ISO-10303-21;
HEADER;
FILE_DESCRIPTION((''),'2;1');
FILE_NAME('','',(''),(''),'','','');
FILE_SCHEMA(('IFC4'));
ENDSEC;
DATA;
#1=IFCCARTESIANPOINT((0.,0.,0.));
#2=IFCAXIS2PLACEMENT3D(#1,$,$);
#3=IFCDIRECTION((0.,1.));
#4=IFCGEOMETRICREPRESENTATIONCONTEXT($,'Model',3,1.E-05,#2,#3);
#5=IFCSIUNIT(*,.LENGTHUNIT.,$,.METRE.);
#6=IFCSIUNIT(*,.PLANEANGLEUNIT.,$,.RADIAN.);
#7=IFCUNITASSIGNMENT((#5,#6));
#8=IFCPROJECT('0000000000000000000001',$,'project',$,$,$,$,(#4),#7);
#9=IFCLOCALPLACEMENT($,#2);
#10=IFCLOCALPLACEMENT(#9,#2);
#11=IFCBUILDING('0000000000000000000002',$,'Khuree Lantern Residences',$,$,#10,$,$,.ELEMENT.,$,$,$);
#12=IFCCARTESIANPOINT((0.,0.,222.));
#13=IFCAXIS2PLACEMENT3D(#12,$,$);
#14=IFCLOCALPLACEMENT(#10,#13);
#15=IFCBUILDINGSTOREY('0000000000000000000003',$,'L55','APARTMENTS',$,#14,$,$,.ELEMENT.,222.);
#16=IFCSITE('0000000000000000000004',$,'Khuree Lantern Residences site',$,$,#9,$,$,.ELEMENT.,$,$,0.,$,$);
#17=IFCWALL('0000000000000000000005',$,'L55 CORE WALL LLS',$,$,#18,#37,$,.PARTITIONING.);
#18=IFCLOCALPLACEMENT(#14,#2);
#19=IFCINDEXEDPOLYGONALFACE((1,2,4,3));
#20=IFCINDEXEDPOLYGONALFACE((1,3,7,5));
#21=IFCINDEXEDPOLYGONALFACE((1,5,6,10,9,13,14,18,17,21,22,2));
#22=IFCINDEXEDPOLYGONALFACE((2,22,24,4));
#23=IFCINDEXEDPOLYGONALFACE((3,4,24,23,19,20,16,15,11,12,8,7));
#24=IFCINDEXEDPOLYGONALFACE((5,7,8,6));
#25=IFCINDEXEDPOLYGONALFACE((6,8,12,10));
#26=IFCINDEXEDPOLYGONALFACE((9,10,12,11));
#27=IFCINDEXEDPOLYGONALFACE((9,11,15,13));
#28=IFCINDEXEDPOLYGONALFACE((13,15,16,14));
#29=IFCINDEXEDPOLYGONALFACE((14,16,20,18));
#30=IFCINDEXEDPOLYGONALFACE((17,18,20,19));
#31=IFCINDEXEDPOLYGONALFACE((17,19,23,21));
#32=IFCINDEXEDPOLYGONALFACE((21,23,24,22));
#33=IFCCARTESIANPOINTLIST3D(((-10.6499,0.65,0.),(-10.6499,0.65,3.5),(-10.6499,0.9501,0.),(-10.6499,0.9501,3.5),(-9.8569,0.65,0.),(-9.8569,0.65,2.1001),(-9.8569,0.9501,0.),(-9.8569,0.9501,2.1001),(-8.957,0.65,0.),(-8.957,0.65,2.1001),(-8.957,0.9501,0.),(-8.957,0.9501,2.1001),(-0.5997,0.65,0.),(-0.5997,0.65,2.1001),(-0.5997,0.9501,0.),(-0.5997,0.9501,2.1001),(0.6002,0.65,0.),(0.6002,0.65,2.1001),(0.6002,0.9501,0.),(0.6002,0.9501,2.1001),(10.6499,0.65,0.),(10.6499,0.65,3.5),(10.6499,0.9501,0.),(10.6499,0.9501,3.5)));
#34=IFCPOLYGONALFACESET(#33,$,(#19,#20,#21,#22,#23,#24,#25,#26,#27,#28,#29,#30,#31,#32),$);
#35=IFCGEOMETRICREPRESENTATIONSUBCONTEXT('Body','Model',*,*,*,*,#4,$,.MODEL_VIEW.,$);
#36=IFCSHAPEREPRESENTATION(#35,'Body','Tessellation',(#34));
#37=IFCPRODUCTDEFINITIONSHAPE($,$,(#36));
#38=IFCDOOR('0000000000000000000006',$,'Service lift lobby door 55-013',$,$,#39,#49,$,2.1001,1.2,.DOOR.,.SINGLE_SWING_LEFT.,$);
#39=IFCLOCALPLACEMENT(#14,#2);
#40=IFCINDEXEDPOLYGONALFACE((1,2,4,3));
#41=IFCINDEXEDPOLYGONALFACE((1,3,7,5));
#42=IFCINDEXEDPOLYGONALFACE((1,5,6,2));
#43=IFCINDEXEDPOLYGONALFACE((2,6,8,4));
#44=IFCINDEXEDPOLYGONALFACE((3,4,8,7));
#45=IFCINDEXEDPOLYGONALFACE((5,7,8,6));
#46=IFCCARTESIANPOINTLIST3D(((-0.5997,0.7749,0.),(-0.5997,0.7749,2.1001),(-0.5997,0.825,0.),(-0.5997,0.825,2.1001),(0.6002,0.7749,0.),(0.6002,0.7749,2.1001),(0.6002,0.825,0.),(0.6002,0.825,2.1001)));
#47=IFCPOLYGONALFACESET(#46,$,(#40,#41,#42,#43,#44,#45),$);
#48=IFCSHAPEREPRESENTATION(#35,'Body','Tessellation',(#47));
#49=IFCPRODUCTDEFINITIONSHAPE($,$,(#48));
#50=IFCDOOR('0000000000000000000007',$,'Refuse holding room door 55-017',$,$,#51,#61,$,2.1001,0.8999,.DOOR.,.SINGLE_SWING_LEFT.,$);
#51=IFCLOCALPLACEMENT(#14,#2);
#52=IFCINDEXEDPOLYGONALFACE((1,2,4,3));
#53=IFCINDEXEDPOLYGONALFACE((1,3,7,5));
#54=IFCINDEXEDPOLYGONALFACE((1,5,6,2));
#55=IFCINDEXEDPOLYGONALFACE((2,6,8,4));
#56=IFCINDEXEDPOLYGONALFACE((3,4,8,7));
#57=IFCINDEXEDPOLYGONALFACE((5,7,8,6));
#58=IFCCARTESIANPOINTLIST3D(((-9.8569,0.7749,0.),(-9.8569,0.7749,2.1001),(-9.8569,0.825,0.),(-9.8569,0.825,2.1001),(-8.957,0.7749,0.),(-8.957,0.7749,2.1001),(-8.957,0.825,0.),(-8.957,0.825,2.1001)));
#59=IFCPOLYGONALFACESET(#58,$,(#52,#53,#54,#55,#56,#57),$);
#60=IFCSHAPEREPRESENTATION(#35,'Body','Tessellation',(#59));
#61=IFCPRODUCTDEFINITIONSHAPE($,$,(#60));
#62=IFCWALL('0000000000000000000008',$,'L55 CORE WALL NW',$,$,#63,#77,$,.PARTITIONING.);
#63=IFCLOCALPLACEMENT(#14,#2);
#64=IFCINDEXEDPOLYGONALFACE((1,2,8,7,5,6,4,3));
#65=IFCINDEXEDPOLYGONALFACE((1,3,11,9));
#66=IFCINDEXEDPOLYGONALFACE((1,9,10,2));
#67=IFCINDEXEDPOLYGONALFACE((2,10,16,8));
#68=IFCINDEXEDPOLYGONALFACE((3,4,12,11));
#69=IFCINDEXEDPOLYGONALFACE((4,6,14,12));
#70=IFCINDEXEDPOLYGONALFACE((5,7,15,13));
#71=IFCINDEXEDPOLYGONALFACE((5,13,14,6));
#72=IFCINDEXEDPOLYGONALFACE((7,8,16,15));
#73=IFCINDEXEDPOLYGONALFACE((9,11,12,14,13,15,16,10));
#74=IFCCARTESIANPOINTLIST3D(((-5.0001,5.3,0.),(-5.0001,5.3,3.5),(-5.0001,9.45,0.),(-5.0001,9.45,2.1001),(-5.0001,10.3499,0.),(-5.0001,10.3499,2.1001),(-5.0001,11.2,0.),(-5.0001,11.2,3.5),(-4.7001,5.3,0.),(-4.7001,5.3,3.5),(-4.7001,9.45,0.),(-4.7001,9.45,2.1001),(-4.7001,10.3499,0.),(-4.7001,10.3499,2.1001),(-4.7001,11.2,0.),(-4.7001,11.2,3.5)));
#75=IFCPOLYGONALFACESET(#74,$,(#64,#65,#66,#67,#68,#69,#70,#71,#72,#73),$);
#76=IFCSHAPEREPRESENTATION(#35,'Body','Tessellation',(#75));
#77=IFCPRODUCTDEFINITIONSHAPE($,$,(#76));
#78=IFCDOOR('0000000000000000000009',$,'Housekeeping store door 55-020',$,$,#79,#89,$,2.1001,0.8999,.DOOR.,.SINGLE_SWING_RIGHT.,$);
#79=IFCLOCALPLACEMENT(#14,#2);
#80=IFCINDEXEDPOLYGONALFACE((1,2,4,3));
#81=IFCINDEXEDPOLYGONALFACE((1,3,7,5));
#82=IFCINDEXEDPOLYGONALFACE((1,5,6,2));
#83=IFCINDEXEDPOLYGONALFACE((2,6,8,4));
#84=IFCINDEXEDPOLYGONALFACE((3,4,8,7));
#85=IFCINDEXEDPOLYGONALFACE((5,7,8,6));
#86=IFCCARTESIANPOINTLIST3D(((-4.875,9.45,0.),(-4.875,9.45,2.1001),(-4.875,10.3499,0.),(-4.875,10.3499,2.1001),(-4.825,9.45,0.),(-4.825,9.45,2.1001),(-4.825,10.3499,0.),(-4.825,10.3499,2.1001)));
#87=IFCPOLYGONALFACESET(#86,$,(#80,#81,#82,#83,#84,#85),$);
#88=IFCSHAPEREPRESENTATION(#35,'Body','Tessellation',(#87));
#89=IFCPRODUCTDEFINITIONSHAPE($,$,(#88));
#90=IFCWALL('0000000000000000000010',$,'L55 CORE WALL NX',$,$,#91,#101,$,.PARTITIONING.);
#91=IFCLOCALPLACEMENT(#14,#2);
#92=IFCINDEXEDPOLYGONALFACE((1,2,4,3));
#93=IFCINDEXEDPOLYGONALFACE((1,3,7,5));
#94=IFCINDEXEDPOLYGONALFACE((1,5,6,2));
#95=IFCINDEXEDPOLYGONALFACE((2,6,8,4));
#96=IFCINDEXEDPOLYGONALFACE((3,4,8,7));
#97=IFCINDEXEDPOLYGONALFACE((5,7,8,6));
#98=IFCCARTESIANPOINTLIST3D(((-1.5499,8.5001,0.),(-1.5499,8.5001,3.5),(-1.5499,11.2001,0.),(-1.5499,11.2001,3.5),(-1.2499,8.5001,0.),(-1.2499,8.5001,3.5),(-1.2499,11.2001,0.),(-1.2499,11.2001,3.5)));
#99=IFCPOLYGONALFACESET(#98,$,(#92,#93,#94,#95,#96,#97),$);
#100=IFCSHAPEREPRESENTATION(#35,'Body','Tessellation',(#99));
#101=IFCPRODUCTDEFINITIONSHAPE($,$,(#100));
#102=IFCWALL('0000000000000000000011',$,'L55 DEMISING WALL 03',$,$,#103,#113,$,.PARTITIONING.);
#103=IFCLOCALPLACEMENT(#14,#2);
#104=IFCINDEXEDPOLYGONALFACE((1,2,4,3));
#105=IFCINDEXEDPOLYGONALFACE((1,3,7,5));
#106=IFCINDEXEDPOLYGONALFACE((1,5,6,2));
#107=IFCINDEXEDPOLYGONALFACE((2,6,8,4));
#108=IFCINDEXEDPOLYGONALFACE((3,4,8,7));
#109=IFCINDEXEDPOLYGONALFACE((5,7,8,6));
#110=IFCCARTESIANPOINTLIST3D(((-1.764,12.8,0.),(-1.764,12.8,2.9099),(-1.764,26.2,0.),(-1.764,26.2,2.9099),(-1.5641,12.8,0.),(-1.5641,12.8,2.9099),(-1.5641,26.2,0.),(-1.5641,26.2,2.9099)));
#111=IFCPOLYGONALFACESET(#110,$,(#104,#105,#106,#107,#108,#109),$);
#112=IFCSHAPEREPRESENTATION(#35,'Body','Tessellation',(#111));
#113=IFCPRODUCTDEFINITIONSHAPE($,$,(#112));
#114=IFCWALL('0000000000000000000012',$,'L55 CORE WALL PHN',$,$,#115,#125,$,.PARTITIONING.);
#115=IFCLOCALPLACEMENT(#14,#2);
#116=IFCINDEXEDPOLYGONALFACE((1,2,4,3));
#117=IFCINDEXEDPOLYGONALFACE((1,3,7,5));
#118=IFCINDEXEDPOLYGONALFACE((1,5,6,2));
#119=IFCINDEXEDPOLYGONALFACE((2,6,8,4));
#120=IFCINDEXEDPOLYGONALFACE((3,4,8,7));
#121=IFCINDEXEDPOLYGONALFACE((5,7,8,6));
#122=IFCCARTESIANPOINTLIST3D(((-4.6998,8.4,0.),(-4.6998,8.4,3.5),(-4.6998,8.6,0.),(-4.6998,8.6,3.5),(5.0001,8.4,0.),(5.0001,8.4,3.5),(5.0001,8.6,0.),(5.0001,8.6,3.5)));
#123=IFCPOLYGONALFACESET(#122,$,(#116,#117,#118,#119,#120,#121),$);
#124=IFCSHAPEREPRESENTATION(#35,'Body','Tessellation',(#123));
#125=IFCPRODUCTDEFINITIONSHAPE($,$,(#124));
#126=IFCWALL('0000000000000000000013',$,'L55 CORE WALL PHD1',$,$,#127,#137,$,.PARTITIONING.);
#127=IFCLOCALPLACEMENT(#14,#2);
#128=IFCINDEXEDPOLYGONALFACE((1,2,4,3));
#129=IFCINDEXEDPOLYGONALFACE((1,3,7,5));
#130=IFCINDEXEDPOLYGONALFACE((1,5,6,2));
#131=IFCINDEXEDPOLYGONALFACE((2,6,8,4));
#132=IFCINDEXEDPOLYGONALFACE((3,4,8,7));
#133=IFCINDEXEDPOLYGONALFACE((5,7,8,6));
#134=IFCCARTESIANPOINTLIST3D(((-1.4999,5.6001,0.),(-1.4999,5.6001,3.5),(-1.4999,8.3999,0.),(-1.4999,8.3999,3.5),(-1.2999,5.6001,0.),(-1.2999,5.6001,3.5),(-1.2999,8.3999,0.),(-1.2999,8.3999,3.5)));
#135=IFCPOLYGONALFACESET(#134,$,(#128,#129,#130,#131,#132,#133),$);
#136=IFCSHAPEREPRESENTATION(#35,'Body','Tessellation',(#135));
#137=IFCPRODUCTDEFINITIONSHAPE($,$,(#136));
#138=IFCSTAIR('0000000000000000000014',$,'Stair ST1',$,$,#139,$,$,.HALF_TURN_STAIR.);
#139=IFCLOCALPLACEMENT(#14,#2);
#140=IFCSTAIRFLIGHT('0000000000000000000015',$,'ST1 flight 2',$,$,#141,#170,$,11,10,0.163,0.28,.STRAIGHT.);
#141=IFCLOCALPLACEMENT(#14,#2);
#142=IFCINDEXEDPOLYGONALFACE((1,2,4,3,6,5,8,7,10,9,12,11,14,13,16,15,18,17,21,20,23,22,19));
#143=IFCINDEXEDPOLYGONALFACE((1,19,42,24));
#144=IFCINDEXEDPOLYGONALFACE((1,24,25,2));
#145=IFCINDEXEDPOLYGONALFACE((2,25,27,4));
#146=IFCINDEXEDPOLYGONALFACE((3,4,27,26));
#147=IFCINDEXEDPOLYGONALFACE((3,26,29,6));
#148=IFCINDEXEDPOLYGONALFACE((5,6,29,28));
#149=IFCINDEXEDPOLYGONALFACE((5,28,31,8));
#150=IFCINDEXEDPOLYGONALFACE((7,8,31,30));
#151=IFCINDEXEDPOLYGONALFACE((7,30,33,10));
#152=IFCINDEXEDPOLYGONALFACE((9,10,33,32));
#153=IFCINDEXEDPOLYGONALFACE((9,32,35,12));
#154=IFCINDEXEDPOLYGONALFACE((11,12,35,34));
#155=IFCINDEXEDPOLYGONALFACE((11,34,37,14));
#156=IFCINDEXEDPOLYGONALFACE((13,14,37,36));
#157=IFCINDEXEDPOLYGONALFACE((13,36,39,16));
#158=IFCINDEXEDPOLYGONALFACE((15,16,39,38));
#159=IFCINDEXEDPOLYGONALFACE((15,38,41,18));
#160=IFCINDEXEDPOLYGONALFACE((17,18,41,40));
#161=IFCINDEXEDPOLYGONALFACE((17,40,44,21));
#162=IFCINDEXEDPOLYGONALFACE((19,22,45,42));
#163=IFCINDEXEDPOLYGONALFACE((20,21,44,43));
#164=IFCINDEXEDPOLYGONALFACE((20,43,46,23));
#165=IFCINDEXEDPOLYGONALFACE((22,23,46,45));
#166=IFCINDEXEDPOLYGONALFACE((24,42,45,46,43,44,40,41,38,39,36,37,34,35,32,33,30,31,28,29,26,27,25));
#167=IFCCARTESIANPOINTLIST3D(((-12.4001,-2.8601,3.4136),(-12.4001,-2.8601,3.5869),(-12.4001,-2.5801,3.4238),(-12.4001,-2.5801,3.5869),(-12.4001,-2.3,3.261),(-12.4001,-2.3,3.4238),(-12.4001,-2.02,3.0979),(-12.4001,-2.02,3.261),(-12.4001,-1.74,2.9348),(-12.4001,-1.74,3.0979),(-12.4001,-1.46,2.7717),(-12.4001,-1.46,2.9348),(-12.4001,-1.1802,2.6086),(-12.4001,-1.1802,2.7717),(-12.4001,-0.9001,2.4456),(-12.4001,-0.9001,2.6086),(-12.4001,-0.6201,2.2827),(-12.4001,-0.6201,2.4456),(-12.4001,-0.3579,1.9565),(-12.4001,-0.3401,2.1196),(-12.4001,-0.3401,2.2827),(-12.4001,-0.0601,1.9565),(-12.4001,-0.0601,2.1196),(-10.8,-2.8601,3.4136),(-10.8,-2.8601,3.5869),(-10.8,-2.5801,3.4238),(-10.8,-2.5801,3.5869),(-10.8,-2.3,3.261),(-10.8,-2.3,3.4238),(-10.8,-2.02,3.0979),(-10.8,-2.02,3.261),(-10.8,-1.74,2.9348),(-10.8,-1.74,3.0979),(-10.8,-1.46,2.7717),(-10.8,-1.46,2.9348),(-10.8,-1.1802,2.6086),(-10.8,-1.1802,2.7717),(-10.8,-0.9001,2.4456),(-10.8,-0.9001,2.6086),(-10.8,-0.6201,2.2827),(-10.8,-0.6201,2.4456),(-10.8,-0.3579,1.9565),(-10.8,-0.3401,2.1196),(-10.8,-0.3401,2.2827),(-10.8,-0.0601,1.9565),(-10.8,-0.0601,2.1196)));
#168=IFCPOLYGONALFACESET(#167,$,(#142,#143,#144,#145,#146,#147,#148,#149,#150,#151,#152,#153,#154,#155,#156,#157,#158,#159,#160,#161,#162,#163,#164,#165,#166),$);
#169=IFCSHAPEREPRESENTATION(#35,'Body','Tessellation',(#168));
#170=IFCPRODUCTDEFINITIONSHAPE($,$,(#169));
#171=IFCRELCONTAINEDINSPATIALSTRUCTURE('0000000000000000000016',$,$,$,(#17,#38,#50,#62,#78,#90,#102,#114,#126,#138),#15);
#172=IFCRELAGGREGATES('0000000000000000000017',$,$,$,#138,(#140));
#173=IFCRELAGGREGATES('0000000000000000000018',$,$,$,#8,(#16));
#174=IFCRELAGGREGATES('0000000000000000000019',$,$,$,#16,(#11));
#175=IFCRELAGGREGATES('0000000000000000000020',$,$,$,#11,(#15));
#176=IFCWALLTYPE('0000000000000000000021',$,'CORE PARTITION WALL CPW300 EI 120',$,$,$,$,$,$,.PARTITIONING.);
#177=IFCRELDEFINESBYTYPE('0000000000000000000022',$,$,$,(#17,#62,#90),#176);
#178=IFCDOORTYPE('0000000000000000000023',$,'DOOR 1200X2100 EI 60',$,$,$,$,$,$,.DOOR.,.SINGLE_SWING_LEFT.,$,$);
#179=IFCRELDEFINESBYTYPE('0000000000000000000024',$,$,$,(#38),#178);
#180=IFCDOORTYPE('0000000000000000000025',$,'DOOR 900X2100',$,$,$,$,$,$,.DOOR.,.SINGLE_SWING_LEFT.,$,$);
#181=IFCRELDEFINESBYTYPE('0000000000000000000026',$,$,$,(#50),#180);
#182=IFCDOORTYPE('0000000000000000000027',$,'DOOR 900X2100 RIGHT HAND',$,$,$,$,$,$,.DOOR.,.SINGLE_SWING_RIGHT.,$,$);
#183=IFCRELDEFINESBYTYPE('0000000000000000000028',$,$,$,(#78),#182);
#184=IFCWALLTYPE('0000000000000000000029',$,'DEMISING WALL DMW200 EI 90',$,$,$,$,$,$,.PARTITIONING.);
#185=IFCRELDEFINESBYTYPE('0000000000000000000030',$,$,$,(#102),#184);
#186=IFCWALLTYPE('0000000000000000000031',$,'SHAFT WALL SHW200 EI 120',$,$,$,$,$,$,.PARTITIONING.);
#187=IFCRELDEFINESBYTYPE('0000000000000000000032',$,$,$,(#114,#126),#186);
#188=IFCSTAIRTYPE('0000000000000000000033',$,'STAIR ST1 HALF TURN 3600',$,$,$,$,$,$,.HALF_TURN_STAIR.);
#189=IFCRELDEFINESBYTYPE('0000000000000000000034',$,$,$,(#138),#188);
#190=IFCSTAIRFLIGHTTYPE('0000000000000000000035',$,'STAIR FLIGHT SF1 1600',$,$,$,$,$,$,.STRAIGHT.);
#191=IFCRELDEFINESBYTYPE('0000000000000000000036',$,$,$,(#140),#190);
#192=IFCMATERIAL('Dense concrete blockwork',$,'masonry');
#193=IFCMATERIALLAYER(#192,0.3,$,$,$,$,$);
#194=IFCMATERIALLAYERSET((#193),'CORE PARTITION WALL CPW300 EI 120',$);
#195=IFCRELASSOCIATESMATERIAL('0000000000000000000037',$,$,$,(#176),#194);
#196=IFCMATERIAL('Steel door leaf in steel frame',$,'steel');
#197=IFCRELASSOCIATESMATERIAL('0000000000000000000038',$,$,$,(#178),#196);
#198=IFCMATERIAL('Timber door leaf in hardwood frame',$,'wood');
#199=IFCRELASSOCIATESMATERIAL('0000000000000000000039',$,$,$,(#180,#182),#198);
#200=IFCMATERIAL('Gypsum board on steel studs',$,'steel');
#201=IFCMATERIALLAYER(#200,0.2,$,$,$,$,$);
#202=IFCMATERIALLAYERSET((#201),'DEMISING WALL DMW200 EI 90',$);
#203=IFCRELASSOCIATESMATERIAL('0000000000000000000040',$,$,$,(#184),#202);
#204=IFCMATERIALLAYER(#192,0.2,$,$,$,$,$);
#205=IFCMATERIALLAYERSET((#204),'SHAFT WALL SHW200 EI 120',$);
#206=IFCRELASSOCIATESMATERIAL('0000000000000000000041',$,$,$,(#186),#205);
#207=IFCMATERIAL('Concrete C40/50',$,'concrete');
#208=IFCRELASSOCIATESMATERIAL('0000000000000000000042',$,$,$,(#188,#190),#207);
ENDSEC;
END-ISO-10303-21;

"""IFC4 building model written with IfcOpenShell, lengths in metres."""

from ifc_helpers import new_model, si_unit, direction, frame, frame_2d, origin, place, context, subcontext, project, spatial, polyline, rectangle, outline, extrude, material, layer, layer_set, type_object, element, fill, aggregate, save


model = new_model("IFC4")

# Units and contexts
model_context = context("Model", 3, precision=1e-05, world=origin(), true_north=direction((0.0, 1.0)))
body_context = subcontext(model_context, "Body", "Model", "MODEL_VIEW")
ifc_project = project(units=[si_unit("LENGTHUNIT", "METRE"), si_unit("PLANEANGLEUNIT", "RADIAN")], contexts=[model_context])

# Site, building, storey
site_placement = place(None, origin())
site = spatial("IfcSite", under=ifc_project, at=site_placement, Name="Khuree Lantern Residences site", CompositionType="ELEMENT", RefElevation=0.0)
building_placement = place(site_placement, origin())
building = spatial("IfcBuilding", under=site, at=building_placement, Name="Khuree Lantern Residences", CompositionType="ELEMENT")
storey_placement = place(building_placement, frame((0.0, 0.0, 222.0)))
storey = spatial("IfcBuildingStorey", under=building, at=storey_placement, Name="L55", Description="APARTMENTS", CompositionType="ELEMENT", Elevation=222.0)

# Shared definitions
ifc_material_1 = material(Name="Timber door leaf in hardwood frame", Category="wood")

# Shared definitions
ifc_material_2 = material(Name="Dense concrete blockwork", Category="masonry")
ifc_layer_1 = layer(ifc_material_2, 0.3)
ifc_layer_set_1 = layer_set([ifc_layer_1], Name="CORE PARTITION WALL CPW300 EI 120")
wall_type_1 = type_object("IfcWallType", Name="CORE PARTITION WALL CPW300 EI 120", PredefinedType="PARTITIONING", material=ifc_layer_set_1)

# Wall, openings, doors
wall_1_placement = place(storey_placement, frame((-10.6499, 0.8, 0.0), z_axis=(0.0, 0.0, 1.0), x_axis=(1.0, 0.0, 0.0)))
wall_1 = element("IfcWall", 1, at=wall_1_placement, inside=storey, type_object=wall_type_1, Name="L55 CORE WALL LLS", PredefinedType="PARTITIONING", context=body_context, shape_type="SweptSolid", body=[
    extrude(rectangle(XDim=21.2998, YDim=0.3, at=frame_2d((10.6499, 0.0))), origin(), (0.0, 0.0, 1.0), 3.5),
])
opening_1_placement = place(wall_1_placement, frame((10.05, 0.0, 0.0)))
opening_1 = element("IfcOpeningElement", 2, at=opening_1_placement, cuts=wall_1, PredefinedType="OPENING", context=body_context, shape_type="SweptSolid", body=[
    extrude(rectangle(XDim=1.2, YDim=2.1001, at=frame_2d((0.6001, 1.05))), frame((0.0, 0.1602, 0.0), z_axis=(0.0, -1.0, 0.0), x_axis=(1.0, 0.0, 0.0)), (0.0, 0.0, 1.0), 0.3201),
])
opening_2_placement = place(wall_1_placement, frame((0.793, 0.0, 0.0)))
opening_2 = element("IfcOpeningElement", 3, at=opening_2_placement, cuts=wall_1, PredefinedType="OPENING", context=body_context, shape_type="SweptSolid", body=[
    extrude(rectangle(XDim=0.8999, YDim=2.1001, at=frame_2d((0.45, 1.05))), frame((0.0, 0.1602, 0.0), z_axis=(0.0, -1.0, 0.0), x_axis=(1.0, 0.0, 0.0)), (0.0, 0.0, 1.0), 0.3201),
])
ifc_material_3 = material(Name="Steel door leaf in steel frame", Category="steel")
door_type_1 = type_object("IfcDoorType", Name="DOOR 1200X2100 EI 60", OperationType="SINGLE_SWING_LEFT", PredefinedType="DOOR", material=ifc_material_3)
door_1_placement = place(opening_1_placement, origin())
door_1 = element("IfcDoor", 4, at=door_1_placement, inside=storey, type_object=door_type_1, Name="Service lift lobby door 55-013", OperationType="SINGLE_SWING_LEFT", OverallHeight=2.1001, OverallWidth=1.2, PredefinedType="DOOR", context=body_context, shape_type="SweptSolid", body=[
    extrude(rectangle(XDim=1.2, YDim=2.1001, at=frame_2d((0.6001, 1.05))), frame((0.0, 0.0249, 0.0), z_axis=(0.0, -1.0, 0.0), x_axis=(1.0, 0.0, 0.0)), (0.0, 0.0, 1.0), 0.05),
])
fill(opening_1, door_1)
door_type_2 = type_object("IfcDoorType", Name="DOOR 900X2100", OperationType="SINGLE_SWING_LEFT", PredefinedType="DOOR", material=ifc_material_1)
door_2_placement = place(opening_2_placement, origin())
door_2 = element("IfcDoor", 5, at=door_2_placement, inside=storey, type_object=door_type_2, Name="Refuse holding room door 55-017", OperationType="SINGLE_SWING_LEFT", OverallHeight=2.1001, OverallWidth=0.8999, PredefinedType="DOOR", context=body_context, shape_type="SweptSolid", body=[
    extrude(rectangle(XDim=0.8999, YDim=2.1001, at=frame_2d((0.45, 1.05))), frame((0.0, 0.0249, 0.0), z_axis=(0.0, -1.0, 0.0), x_axis=(1.0, 0.0, 0.0)), (0.0, 0.0, 1.0), 0.05),
])
fill(opening_2, door_2)

# Wall, opening, door
wall_2_placement = place(storey_placement, frame((-4.8501, 5.3, 0.0), z_axis=(0.0, 0.0, 1.0), x_axis=(0.0, 1.0, 0.0)))
wall_2 = element("IfcWall", 6, at=wall_2_placement, inside=storey, type_object=wall_type_1, Name="L55 CORE WALL NW", PredefinedType="PARTITIONING", context=body_context, shape_type="SweptSolid", body=[
    extrude(rectangle(XDim=5.8999, YDim=0.3, at=frame_2d((2.95, 0.0))), origin(), (0.0, 0.0, 1.0), 3.5),
])
opening_3_placement = place(wall_2_placement, frame((4.1499, 0.0, 0.0)))
opening_3 = element("IfcOpeningElement", 7, at=opening_3_placement, cuts=wall_2, PredefinedType="OPENING", context=body_context, shape_type="SweptSolid", body=[
    extrude(rectangle(XDim=0.8999, YDim=2.1001, at=frame_2d((0.45, 1.05))), frame((0.0, 0.1602, 0.0), z_axis=(0.0, -1.0, 0.0), x_axis=(1.0, 0.0, 0.0)), (0.0, 0.0, 1.0), 0.3201),
])
door_type_3 = type_object("IfcDoorType", Name="DOOR 900X2100 RIGHT HAND", OperationType="SINGLE_SWING_RIGHT", PredefinedType="DOOR", material=ifc_material_1)
door_3_placement = place(opening_3_placement, origin())
door_3 = element("IfcDoor", 8, at=door_3_placement, inside=storey, type_object=door_type_3, Name="Housekeeping store door 55-020", OperationType="SINGLE_SWING_RIGHT", OverallHeight=2.1001, OverallWidth=0.8999, PredefinedType="DOOR", context=body_context, shape_type="SweptSolid", body=[
    extrude(rectangle(XDim=0.8999, YDim=2.1001, at=frame_2d((0.45, 1.05))), frame((0.0, 0.0249, 0.0), z_axis=(0.0, -1.0, 0.0), x_axis=(1.0, 0.0, 0.0)), (0.0, 0.0, 1.0), 0.05),
])
fill(opening_3, door_3)

# Walls
wall_3_placement = place(storey_placement, frame((-1.3999, 8.5, 0.0), z_axis=(0.0, 0.0, 1.0), x_axis=(0.0, 1.0, 0.0)))
element("IfcWall", 9, at=wall_3_placement, inside=storey, type_object=wall_type_1, Name="L55 CORE WALL NX", PredefinedType="PARTITIONING", context=body_context, shape_type="SweptSolid", body=[
    extrude(rectangle(XDim=2.7, YDim=0.3, at=frame_2d((1.3501, 0.0))), origin(), (0.0, 0.0, 1.0), 3.5),
])
ifc_material_4 = material(Name="Gypsum board on steel studs", Category="steel")
ifc_layer_2 = layer(ifc_material_4, 0.2)
ifc_layer_set_2 = layer_set([ifc_layer_2], Name="DEMISING WALL DMW200 EI 90")
wall_type_2 = type_object("IfcWallType", Name="DEMISING WALL DMW200 EI 90", PredefinedType="PARTITIONING", material=ifc_layer_set_2)
wall_4_placement = place(storey_placement, frame((-1.6641, 12.8, 0.0), z_axis=(0.0, 0.0, 1.0), x_axis=(0.0, 1.0, 0.0)))
element("IfcWall", 10, at=wall_4_placement, inside=storey, type_object=wall_type_2, Name="L55 DEMISING WALL 03", PredefinedType="PARTITIONING", context=body_context, shape_type="SweptSolid", body=[
    extrude(rectangle(XDim=13.3999, YDim=0.2, at=frame_2d((6.7, 0.0))), origin(), (0.0, 0.0, 1.0), 2.9099),
])
ifc_layer_3 = layer(ifc_material_2, 0.2)
ifc_layer_set_3 = layer_set([ifc_layer_3], Name="SHAFT WALL SHW200 EI 120")
wall_type_3 = type_object("IfcWallType", Name="SHAFT WALL SHW200 EI 120", PredefinedType="PARTITIONING", material=ifc_layer_set_3)
wall_5_placement = place(storey_placement, frame((-4.7, 8.5, 0.0), z_axis=(0.0, 0.0, 1.0), x_axis=(1.0, 0.0, 0.0)))
element("IfcWall", 11, at=wall_5_placement, inside=storey, type_object=wall_type_3, Name="L55 CORE WALL PHN", PredefinedType="PARTITIONING", context=body_context, shape_type="SweptSolid", body=[
    extrude(rectangle(XDim=9.7, YDim=0.2, at=frame_2d((4.8501, 0.0))), origin(), (0.0, 0.0, 1.0), 3.5),
])
wall_6_placement = place(storey_placement, frame((-1.3999, 5.6001, 0.0), z_axis=(0.0, 0.0, 1.0), x_axis=(0.0, 1.0, 0.0)))
element("IfcWall", 12, at=wall_6_placement, inside=storey, type_object=wall_type_3, Name="L55 CORE WALL PHD1", PredefinedType="PARTITIONING", context=body_context, shape_type="SweptSolid", body=[
    extrude(rectangle(XDim=2.7998, YDim=0.2, at=frame_2d((1.3999, 0.0))), origin(), (0.0, 0.0, 1.0), 3.5),
])

# Stair, stair flight
ifc_material_5 = material(Name="Concrete C40/50", Category="concrete")
stair_type = type_object("IfcStairType", Name="STAIR ST1 HALF TURN 3600", PredefinedType="HALF_TURN_STAIR", material=ifc_material_5)
stair_placement = place(storey_placement, origin())
stair = element("IfcStair", 13, at=stair_placement, inside=storey, type_object=stair_type, Name="Stair ST1", PredefinedType="HALF_TURN_STAIR")
stair_flight_type = type_object("IfcStairFlightType", Name="STAIR FLIGHT SF1 1600", PredefinedType="STRAIGHT", material=ifc_material_5)
stair_flight_placement = place(storey_placement, frame((-11.6001, -0.0601, 1.9565), z_axis=(0.0, 0.0, 1.0), x_axis=(0.0, -1.0, 0.0)))
stair_flight = element("IfcStairFlight", 14, at=stair_flight_placement, type_object=stair_flight_type, Name="ST1 flight 2", NumberOfRisers=11, NumberOfTreads=10, PredefinedType="STRAIGHT", RiserHeight=0.163, TreadLength=0.28, context=body_context, shape_type="SweptSolid", body=[
    extrude(outline(polyline([(0.0, 0.0), (0.0, 0.1631), (0.28, 0.1631), (0.28, 0.3262), (0.5601, 0.3262), (0.5601, 0.489), (0.8401, 0.489), (0.8401, 0.6521), (1.1201, 0.6521), (1.1201, 0.8152), (1.3999, 0.8152), (1.3999, 0.9783), (1.6799, 0.9783), (1.6799, 1.1414), (1.96, 1.1414), (1.96, 1.3044), (2.24, 1.3044), (2.24, 1.4673), (2.52, 1.4673), (2.52, 1.6304), (2.8, 1.6304), (2.8, 1.7935), (2.8, 1.457), (0.2979, 0.0), (0.0, 0.0)])), frame((0.0, 0.8, 0.0), z_axis=(0.0, -1.0, 0.0), x_axis=(1.0, 0.0, 0.0)), (0.0, 0.0, 1.0), 1.6001),
])
aggregate(stair, [stair_flight])

save(model, "model.ifc")
